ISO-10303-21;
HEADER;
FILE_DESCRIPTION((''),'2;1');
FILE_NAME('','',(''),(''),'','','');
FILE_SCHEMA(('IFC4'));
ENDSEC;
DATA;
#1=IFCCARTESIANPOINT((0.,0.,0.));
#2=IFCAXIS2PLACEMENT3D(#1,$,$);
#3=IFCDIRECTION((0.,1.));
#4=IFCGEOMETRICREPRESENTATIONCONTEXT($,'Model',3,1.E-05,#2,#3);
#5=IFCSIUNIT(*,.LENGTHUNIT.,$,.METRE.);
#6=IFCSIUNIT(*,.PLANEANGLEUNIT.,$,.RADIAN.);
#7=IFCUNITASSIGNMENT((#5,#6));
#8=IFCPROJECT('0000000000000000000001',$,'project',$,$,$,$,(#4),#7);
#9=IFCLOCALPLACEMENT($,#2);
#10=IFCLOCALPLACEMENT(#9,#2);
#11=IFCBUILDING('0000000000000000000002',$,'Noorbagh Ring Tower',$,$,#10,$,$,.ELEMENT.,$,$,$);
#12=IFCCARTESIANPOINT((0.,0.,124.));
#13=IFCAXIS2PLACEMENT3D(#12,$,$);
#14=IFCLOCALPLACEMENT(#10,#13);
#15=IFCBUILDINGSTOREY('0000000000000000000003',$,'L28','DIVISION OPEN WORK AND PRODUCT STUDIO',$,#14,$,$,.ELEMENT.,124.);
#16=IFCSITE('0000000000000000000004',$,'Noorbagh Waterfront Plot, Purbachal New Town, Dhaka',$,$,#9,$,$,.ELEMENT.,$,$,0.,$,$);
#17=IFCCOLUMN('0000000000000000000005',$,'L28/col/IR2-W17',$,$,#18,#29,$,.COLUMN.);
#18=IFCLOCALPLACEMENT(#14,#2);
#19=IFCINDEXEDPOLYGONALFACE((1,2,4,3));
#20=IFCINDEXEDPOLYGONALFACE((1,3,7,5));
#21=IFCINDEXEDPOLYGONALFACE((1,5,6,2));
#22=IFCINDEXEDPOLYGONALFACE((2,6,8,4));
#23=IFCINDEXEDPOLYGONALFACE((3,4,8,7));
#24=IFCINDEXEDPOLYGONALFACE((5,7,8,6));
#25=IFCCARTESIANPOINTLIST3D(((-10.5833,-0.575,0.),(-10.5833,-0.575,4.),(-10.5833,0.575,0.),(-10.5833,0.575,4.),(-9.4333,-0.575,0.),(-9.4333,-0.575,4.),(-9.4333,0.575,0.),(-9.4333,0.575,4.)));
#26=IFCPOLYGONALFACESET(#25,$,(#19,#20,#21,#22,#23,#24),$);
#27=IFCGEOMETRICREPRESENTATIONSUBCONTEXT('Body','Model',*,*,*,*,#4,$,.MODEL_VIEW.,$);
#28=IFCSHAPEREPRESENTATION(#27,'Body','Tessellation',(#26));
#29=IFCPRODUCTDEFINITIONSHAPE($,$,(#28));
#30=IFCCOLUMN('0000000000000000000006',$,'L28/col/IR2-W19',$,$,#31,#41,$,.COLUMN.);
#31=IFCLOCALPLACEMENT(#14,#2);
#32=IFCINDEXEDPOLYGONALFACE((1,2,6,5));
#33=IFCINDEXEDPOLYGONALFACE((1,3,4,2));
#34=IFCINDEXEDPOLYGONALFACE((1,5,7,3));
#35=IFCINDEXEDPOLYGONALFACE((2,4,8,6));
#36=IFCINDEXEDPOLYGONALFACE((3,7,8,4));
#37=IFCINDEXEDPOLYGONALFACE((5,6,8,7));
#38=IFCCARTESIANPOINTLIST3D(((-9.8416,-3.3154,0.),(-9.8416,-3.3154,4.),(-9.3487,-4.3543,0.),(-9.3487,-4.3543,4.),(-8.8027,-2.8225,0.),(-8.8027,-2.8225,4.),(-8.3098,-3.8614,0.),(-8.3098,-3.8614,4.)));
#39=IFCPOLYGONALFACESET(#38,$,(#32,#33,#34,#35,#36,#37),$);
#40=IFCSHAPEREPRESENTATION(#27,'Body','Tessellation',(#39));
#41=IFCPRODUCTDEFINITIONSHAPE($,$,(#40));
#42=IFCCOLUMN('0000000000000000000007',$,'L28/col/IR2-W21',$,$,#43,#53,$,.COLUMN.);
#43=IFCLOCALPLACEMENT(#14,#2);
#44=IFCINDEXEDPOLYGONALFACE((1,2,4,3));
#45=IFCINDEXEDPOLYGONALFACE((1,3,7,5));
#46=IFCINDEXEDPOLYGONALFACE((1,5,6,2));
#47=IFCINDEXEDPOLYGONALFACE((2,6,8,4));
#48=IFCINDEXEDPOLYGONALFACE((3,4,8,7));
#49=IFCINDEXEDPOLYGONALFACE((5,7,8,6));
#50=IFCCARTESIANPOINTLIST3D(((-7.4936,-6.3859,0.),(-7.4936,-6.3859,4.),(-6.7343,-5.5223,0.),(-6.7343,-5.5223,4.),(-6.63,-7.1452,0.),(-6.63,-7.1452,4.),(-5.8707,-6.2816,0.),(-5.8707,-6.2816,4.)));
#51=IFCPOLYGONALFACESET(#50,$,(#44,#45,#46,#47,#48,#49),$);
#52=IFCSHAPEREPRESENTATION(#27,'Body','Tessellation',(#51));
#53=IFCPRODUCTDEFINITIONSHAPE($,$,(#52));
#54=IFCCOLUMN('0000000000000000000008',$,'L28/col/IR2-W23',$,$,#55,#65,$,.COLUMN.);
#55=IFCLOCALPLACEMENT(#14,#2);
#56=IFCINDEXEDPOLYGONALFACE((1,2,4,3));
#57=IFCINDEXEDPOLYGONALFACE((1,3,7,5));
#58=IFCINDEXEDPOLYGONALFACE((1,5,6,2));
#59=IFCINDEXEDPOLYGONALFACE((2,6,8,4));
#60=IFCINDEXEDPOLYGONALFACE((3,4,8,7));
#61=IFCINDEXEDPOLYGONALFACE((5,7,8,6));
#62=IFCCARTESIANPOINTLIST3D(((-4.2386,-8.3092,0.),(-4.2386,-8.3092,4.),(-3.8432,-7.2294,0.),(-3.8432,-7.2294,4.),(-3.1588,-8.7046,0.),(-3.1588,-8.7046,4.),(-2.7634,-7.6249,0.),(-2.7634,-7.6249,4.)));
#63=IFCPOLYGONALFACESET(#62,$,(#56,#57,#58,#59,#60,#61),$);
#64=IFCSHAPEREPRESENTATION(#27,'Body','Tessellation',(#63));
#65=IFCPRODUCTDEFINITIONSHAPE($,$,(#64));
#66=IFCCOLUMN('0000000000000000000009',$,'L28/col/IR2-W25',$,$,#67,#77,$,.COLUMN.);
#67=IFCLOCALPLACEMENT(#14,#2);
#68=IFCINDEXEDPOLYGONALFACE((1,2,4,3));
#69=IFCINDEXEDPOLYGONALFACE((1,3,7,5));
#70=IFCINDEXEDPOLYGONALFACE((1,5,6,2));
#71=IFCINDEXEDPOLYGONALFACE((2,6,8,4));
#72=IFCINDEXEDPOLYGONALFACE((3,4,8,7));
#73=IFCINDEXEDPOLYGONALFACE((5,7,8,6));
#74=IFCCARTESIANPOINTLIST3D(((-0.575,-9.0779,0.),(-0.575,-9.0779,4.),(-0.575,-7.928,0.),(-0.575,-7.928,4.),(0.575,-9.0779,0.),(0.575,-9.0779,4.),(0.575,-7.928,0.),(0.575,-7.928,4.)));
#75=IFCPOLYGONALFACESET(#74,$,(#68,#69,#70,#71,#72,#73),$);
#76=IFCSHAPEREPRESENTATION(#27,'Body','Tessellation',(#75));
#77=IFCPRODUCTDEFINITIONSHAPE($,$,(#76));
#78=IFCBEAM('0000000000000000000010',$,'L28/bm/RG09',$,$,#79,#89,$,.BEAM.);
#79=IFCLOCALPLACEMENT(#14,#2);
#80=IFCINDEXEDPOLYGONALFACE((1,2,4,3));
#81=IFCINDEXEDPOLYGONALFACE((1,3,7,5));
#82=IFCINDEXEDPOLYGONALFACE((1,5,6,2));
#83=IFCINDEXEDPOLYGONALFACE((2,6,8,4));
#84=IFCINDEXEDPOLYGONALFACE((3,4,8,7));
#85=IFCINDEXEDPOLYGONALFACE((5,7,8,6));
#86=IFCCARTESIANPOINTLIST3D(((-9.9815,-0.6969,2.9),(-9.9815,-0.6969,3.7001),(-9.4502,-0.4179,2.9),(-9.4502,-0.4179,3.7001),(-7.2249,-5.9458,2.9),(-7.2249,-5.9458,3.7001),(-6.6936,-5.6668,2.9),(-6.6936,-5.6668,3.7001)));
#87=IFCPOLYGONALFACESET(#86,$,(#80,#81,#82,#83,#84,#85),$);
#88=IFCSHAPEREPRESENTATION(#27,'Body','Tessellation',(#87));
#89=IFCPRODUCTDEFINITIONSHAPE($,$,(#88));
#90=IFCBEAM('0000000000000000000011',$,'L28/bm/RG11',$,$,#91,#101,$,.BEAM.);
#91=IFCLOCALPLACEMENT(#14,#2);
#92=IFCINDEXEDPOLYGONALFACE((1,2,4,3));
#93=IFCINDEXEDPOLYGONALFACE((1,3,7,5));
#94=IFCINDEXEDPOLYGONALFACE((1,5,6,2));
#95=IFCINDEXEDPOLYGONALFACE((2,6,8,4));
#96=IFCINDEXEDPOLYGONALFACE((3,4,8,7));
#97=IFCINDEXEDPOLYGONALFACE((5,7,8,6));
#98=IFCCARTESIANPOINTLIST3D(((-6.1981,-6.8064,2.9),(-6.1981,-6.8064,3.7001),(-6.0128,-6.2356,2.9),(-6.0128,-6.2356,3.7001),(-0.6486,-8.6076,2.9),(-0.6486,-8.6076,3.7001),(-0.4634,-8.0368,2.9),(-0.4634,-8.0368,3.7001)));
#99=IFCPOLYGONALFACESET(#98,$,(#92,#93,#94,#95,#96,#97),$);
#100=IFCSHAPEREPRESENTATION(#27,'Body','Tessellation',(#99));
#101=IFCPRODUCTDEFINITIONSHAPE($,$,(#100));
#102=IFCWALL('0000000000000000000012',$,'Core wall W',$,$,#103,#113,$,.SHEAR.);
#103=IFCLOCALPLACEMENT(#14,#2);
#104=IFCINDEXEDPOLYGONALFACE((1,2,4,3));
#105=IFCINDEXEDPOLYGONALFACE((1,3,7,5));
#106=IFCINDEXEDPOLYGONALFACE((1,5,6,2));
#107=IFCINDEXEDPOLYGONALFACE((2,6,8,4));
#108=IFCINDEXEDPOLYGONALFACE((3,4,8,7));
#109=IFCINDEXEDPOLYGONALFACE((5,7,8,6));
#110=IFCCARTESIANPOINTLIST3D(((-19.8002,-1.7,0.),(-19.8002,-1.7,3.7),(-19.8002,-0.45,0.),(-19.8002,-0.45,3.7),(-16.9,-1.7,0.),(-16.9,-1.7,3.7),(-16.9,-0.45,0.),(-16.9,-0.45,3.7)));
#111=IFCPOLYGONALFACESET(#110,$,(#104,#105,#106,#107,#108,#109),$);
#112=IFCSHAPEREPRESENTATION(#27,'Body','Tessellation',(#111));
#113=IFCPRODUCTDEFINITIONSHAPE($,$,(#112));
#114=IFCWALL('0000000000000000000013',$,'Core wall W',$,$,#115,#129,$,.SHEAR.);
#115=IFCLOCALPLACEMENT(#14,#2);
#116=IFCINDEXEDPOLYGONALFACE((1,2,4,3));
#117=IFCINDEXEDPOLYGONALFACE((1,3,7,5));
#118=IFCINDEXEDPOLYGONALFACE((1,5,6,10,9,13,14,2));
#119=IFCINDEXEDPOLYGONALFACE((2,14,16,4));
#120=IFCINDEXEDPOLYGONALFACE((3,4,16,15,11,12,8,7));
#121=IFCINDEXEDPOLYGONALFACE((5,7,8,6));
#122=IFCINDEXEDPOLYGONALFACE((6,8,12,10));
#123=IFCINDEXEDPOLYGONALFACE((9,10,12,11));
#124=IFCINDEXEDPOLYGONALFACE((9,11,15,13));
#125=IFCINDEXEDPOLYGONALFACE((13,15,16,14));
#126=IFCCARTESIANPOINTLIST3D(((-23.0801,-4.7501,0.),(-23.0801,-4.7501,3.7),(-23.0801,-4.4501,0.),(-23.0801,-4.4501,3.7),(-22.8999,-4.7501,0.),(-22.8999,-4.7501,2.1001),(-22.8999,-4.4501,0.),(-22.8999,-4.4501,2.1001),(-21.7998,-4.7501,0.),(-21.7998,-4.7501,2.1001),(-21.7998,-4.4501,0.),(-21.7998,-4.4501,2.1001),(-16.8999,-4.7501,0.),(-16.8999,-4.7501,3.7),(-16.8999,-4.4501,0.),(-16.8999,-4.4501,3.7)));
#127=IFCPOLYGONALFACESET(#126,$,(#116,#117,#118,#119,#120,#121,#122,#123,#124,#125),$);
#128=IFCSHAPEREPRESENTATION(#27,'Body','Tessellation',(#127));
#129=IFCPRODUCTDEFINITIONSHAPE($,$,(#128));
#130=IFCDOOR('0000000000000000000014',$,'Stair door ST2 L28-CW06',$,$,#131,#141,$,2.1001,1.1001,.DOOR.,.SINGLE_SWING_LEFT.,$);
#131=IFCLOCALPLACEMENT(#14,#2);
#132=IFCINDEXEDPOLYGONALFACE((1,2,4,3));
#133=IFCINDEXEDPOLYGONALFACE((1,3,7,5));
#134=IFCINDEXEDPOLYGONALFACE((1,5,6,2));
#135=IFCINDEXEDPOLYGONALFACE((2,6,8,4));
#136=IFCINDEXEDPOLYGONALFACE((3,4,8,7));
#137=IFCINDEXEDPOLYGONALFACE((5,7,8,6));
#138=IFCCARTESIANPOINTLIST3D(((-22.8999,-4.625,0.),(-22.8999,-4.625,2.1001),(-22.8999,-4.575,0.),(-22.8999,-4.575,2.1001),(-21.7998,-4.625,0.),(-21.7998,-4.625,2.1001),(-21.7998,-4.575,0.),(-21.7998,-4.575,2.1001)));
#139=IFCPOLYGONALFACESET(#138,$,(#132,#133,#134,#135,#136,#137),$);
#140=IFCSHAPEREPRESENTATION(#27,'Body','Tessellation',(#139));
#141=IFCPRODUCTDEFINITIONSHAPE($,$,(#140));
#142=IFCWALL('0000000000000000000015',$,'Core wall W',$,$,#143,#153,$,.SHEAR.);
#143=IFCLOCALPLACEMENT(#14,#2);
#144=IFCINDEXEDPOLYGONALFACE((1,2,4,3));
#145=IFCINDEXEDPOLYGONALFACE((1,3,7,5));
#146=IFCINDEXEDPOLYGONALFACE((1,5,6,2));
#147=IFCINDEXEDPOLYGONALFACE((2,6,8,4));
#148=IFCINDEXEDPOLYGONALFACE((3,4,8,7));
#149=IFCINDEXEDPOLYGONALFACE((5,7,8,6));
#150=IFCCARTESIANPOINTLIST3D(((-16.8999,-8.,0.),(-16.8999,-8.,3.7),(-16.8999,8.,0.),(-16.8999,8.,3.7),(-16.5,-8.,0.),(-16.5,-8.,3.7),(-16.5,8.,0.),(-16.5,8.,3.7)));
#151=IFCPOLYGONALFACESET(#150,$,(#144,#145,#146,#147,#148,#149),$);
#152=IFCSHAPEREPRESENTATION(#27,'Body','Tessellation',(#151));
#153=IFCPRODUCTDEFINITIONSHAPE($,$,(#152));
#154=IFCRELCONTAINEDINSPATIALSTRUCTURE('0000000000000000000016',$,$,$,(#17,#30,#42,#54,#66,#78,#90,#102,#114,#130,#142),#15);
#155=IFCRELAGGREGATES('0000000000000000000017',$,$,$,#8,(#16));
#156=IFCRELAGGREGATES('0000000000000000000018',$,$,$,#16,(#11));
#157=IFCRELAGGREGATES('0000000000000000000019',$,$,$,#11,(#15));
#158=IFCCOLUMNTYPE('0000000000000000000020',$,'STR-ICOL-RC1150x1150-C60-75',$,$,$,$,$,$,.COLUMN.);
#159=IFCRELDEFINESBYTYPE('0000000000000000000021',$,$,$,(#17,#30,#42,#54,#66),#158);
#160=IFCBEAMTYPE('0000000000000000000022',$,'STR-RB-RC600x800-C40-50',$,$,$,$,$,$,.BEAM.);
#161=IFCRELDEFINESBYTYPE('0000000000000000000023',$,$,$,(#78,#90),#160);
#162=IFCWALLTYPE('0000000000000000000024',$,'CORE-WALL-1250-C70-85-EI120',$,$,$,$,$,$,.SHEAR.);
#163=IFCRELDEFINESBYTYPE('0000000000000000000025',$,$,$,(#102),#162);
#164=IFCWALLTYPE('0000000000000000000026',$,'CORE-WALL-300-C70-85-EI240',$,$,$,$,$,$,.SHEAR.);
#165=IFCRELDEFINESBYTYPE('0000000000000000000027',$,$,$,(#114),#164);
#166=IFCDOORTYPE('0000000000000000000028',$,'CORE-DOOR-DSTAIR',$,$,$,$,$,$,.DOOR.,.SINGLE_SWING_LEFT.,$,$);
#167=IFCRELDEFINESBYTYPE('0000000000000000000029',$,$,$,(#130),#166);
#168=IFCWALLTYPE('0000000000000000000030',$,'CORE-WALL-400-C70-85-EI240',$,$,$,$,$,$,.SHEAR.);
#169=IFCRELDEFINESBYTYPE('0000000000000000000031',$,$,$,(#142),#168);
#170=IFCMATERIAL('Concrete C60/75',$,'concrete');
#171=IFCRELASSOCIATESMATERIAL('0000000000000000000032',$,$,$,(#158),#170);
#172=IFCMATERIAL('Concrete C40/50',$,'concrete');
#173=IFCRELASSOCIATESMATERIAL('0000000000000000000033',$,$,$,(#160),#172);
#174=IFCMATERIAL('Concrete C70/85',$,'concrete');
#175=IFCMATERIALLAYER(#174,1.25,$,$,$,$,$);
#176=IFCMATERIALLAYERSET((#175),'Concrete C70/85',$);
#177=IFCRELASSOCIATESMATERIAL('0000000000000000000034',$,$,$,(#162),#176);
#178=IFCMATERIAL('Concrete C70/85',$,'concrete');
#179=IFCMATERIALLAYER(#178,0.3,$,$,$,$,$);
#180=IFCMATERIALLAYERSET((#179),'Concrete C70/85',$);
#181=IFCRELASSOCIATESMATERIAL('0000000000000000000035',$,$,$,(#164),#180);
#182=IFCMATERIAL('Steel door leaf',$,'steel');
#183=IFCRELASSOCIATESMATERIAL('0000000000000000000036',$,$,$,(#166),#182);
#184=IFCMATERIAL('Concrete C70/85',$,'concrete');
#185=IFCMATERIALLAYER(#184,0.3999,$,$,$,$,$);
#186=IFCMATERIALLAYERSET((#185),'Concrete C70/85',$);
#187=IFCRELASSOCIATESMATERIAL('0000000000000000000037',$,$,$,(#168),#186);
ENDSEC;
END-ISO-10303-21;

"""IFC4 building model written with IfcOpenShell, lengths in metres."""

from ifc_helpers import new_model, si_unit, direction, frame, frame_2d, origin, origin_2d, place, context, subcontext, project, spatial, rectangle, extrude, material, layer, layer_set, material_profile, profile_set, type_object, element, fill, save


model = new_model("IFC4")

# Units and contexts
model_context = context("Model", 3, precision=1e-05, world=origin(), true_north=direction((0.0, 1.0)))
body_context = subcontext(model_context, "Body", "Model", "MODEL_VIEW")
ifc_project = project(units=[si_unit("LENGTHUNIT", "METRE"), si_unit("PLANEANGLEUNIT", "RADIAN")], contexts=[model_context])

# Site, building, storey
site_placement = place(None, origin())
site = spatial("IfcSite", under=ifc_project, at=site_placement, Name="Noorbagh Waterfront Plot, Purbachal New Town, Dhaka", CompositionType="ELEMENT", RefElevation=0.0)
building_placement = place(site_placement, origin())
building = spatial("IfcBuilding", under=site, at=building_placement, Name="Noorbagh Ring Tower", CompositionType="ELEMENT")
storey_placement = place(building_placement, frame((0.0, 0.0, 124.0)))
storey = spatial("IfcBuildingStorey", under=building, at=storey_placement, Name="L28", Description="DIVISION OPEN WORK AND PRODUCT STUDIO", CompositionType="ELEMENT", Elevation=124.0)

# Columns
ifc_material_1 = material(Name="Concrete C60/75", Category="concrete")
ifc_material_profile_1 = material_profile(ifc_material_1, rectangle(XDim=1.1499, YDim=1.1499, at=origin_2d()), Name="RC1150x1150")
ifc_profile_set_1 = profile_set([ifc_material_profile_1], Name="Concrete C60/75")
column_type = type_object("IfcColumnType", Name="STR-ICOL-RC1150x1150-C60-75", PredefinedType="COLUMN", material=ifc_profile_set_1)
for number, where, z_axis, x_axis, name in (
    (1, (-10.0083, 0.0, 0.0), (0.0, 0.0, 1.0), (0.0, -1.0, 0.0), "L28/col/IR2-W17"),
    (2, (-9.0757, -3.5884, 0.0), (0.0, 0.0, 1.0), (0.428667, -0.903463, 0.0), "L28/col/IR2-W19"),
    (3, (-6.6821, -6.3337, 0.0), (0.0, 0.0, 1.0), (0.751022, -0.660277, 0.0), "L28/col/IR2-W21"),
    (4, (-3.501, -7.967, 0.0), (0.0, 0.0, 1.0), (0.93902, -0.343864, 0.0), "L28/col/IR2-W23"),
    (5, (0.0, -8.5029, 0.0), (0.0, 0.0, 1.0), (1.0, 0.0, 0.0), "L28/col/IR2-W25"),
):
    element("IfcColumn", number, at=place(storey_placement, frame(where, z_axis=z_axis, x_axis=x_axis)), inside=storey, type_object=column_type, Name=name, PredefinedType="COLUMN", context=body_context, shape_type="SweptSolid", body=[
        extrude(rectangle(XDim=1.1499, YDim=1.1499, at=origin_2d()), origin(), (0.0, 0.0, 1.0), 4.0),
    ])

# Beams
ifc_material_2 = material(Name="Concrete C40/50", Category="concrete")
ifc_material_profile_2 = material_profile(ifc_material_2, rectangle(XDim=0.6001, YDim=0.8, at=origin_2d()), Name="RC600x800")
ifc_profile_set_2 = profile_set([ifc_material_profile_2], Name="Concrete C40/50")
beam_type = type_object("IfcBeamType", Name="STR-RB-RC600x800-C40-50", PredefinedType="BEAM", material=ifc_profile_set_2)
beam_1_placement = place(storey_placement, frame((-9.7158, -0.5574, 3.3), z_axis=(0.464947, -0.885339, 0.0), x_axis=(0.885339, 0.464947, 0.0)))
element("IfcBeam", 6, at=beam_1_placement, inside=storey, type_object=beam_type, Name="L28/bm/RG09", PredefinedType="BEAM", context=body_context, shape_type="SweptSolid", body=[
    extrude(rectangle(XDim=0.6001, YDim=0.8, at=origin_2d()), origin(), (0.0, 0.0, 1.0), 5.9287),
])
beam_2_placement = place(storey_placement, frame((-6.1055, -6.521, 3.3), z_axis=(0.951152, -0.308724, 0.0), x_axis=(0.308724, 0.951152, 0.0)))
element("IfcBeam", 7, at=beam_2_placement, inside=storey, type_object=beam_type, Name="L28/bm/RG11", PredefinedType="BEAM", context=body_context, shape_type="SweptSolid", body=[
    extrude(rectangle(XDim=0.6001, YDim=0.8, at=origin_2d()), origin(), (0.0, 0.0, 1.0), 5.8345),
])

# Wall
ifc_material_3 = material(Name="Concrete C70/85", Category="concrete")
ifc_layer_1 = layer(ifc_material_3, 1.25)
ifc_layer_set_1 = layer_set([ifc_layer_1], Name="Concrete C70/85")
wall_type_1 = type_object("IfcWallType", Name="CORE-WALL-1250-C70-85-EI120", PredefinedType="SHEAR", material=ifc_layer_set_1)
wall_1_placement = place(storey_placement, frame((-16.8999, -1.075, 0.0), z_axis=(0.0, 0.0, 1.0), x_axis=(-1.0, 0.0, 0.0)))
element("IfcWall", 8, at=wall_1_placement, inside=storey, type_object=wall_type_1, Name="Core wall W", PredefinedType="SHEAR", context=body_context, shape_type="SweptSolid", body=[
    extrude(rectangle(XDim=2.9001, YDim=1.25, at=frame_2d((1.4502, 0.0))), origin(), (0.0, 0.0, 1.0), 3.7),
])

# Wall, opening, door
ifc_material_4 = material(Name="Concrete C70/85", Category="concrete")
ifc_layer_2 = layer(ifc_material_4, 0.3)
ifc_layer_set_2 = layer_set([ifc_layer_2], Name="Concrete C70/85")
wall_type_2 = type_object("IfcWallType", Name="CORE-WALL-300-C70-85-EI240", PredefinedType="SHEAR", material=ifc_layer_set_2)
wall_2_placement = place(storey_placement, frame((-16.8999, -4.6001, 0.0), z_axis=(0.0, 0.0, 1.0), x_axis=(-1.0, 0.0, 0.0)))
wall_2 = element("IfcWall", 9, at=wall_2_placement, inside=storey, type_object=wall_type_2, Name="Core wall W", PredefinedType="SHEAR", context=body_context, shape_type="SweptSolid", body=[
    extrude(rectangle(XDim=6.1802, YDim=0.3, at=frame_2d((3.0901, 0.0))), origin(), (0.0, 0.0, 1.0), 3.7),
])
opening_1_placement = place(wall_2_placement, frame((4.8999, 0.0, 0.0)))
opening_1 = element("IfcOpeningElement", 10, at=opening_1_placement, cuts=wall_2, PredefinedType="OPENING", context=body_context, shape_type="SweptSolid", body=[
    extrude(rectangle(XDim=1.1001, YDim=2.1001, at=frame_2d((0.55, 1.05))), frame((0.0, 0.1602, 0.0), z_axis=(0.0, -1.0, 0.0), x_axis=(1.0, 0.0, 0.0)), (0.0, 0.0, 1.0), 0.3201),
])
ifc_material_5 = material(Name="Steel door leaf", Category="steel")
door_type_1 = type_object("IfcDoorType", Name="CORE-DOOR-DSTAIR", OperationType="SINGLE_SWING_LEFT", PredefinedType="DOOR", material=ifc_material_5)
door_1_placement = place(opening_1_placement, origin())
door_1 = element("IfcDoor", 11, at=door_1_placement, inside=storey, type_object=door_type_1, Name="Stair door ST2 L28-CW06", OperationType="SINGLE_SWING_LEFT", OverallHeight=2.1001, OverallWidth=1.1001, PredefinedType="DOOR", context=body_context, shape_type="SweptSolid", body=[
    extrude(rectangle(XDim=1.1001, YDim=2.1001, at=frame_2d((0.55, 1.05))), frame((0.0, 0.0249, 0.0), z_axis=(0.0, -1.0, 0.0), x_axis=(1.0, 0.0, 0.0)), (0.0, 0.0, 1.0), 0.05),
])
fill(opening_1, door_1)

# Wall
ifc_material_6 = material(Name="Concrete C70/85", Category="concrete")
ifc_layer_3 = layer(ifc_material_6, 0.3999)
ifc_layer_set_3 = layer_set([ifc_layer_3], Name="Concrete C70/85")
wall_type_3 = type_object("IfcWallType", Name="CORE-WALL-400-C70-85-EI240", PredefinedType="SHEAR", material=ifc_layer_set_3)
wall_3_placement = place(storey_placement, frame((-16.7, -8.0, 0.0), z_axis=(0.0, 0.0, 1.0), x_axis=(0.0, 1.0, 0.0)))
element("IfcWall", 12, at=wall_3_placement, inside=storey, type_object=wall_type_3, Name="Core wall W", PredefinedType="SHEAR", context=body_context, shape_type="SweptSolid", body=[
    extrude(rectangle(XDim=16.0, YDim=0.3999, at=frame_2d((8.0, 0.0))), origin(), (0.0, 0.0, 1.0), 3.7),
])

save(model, "model.ifc")
